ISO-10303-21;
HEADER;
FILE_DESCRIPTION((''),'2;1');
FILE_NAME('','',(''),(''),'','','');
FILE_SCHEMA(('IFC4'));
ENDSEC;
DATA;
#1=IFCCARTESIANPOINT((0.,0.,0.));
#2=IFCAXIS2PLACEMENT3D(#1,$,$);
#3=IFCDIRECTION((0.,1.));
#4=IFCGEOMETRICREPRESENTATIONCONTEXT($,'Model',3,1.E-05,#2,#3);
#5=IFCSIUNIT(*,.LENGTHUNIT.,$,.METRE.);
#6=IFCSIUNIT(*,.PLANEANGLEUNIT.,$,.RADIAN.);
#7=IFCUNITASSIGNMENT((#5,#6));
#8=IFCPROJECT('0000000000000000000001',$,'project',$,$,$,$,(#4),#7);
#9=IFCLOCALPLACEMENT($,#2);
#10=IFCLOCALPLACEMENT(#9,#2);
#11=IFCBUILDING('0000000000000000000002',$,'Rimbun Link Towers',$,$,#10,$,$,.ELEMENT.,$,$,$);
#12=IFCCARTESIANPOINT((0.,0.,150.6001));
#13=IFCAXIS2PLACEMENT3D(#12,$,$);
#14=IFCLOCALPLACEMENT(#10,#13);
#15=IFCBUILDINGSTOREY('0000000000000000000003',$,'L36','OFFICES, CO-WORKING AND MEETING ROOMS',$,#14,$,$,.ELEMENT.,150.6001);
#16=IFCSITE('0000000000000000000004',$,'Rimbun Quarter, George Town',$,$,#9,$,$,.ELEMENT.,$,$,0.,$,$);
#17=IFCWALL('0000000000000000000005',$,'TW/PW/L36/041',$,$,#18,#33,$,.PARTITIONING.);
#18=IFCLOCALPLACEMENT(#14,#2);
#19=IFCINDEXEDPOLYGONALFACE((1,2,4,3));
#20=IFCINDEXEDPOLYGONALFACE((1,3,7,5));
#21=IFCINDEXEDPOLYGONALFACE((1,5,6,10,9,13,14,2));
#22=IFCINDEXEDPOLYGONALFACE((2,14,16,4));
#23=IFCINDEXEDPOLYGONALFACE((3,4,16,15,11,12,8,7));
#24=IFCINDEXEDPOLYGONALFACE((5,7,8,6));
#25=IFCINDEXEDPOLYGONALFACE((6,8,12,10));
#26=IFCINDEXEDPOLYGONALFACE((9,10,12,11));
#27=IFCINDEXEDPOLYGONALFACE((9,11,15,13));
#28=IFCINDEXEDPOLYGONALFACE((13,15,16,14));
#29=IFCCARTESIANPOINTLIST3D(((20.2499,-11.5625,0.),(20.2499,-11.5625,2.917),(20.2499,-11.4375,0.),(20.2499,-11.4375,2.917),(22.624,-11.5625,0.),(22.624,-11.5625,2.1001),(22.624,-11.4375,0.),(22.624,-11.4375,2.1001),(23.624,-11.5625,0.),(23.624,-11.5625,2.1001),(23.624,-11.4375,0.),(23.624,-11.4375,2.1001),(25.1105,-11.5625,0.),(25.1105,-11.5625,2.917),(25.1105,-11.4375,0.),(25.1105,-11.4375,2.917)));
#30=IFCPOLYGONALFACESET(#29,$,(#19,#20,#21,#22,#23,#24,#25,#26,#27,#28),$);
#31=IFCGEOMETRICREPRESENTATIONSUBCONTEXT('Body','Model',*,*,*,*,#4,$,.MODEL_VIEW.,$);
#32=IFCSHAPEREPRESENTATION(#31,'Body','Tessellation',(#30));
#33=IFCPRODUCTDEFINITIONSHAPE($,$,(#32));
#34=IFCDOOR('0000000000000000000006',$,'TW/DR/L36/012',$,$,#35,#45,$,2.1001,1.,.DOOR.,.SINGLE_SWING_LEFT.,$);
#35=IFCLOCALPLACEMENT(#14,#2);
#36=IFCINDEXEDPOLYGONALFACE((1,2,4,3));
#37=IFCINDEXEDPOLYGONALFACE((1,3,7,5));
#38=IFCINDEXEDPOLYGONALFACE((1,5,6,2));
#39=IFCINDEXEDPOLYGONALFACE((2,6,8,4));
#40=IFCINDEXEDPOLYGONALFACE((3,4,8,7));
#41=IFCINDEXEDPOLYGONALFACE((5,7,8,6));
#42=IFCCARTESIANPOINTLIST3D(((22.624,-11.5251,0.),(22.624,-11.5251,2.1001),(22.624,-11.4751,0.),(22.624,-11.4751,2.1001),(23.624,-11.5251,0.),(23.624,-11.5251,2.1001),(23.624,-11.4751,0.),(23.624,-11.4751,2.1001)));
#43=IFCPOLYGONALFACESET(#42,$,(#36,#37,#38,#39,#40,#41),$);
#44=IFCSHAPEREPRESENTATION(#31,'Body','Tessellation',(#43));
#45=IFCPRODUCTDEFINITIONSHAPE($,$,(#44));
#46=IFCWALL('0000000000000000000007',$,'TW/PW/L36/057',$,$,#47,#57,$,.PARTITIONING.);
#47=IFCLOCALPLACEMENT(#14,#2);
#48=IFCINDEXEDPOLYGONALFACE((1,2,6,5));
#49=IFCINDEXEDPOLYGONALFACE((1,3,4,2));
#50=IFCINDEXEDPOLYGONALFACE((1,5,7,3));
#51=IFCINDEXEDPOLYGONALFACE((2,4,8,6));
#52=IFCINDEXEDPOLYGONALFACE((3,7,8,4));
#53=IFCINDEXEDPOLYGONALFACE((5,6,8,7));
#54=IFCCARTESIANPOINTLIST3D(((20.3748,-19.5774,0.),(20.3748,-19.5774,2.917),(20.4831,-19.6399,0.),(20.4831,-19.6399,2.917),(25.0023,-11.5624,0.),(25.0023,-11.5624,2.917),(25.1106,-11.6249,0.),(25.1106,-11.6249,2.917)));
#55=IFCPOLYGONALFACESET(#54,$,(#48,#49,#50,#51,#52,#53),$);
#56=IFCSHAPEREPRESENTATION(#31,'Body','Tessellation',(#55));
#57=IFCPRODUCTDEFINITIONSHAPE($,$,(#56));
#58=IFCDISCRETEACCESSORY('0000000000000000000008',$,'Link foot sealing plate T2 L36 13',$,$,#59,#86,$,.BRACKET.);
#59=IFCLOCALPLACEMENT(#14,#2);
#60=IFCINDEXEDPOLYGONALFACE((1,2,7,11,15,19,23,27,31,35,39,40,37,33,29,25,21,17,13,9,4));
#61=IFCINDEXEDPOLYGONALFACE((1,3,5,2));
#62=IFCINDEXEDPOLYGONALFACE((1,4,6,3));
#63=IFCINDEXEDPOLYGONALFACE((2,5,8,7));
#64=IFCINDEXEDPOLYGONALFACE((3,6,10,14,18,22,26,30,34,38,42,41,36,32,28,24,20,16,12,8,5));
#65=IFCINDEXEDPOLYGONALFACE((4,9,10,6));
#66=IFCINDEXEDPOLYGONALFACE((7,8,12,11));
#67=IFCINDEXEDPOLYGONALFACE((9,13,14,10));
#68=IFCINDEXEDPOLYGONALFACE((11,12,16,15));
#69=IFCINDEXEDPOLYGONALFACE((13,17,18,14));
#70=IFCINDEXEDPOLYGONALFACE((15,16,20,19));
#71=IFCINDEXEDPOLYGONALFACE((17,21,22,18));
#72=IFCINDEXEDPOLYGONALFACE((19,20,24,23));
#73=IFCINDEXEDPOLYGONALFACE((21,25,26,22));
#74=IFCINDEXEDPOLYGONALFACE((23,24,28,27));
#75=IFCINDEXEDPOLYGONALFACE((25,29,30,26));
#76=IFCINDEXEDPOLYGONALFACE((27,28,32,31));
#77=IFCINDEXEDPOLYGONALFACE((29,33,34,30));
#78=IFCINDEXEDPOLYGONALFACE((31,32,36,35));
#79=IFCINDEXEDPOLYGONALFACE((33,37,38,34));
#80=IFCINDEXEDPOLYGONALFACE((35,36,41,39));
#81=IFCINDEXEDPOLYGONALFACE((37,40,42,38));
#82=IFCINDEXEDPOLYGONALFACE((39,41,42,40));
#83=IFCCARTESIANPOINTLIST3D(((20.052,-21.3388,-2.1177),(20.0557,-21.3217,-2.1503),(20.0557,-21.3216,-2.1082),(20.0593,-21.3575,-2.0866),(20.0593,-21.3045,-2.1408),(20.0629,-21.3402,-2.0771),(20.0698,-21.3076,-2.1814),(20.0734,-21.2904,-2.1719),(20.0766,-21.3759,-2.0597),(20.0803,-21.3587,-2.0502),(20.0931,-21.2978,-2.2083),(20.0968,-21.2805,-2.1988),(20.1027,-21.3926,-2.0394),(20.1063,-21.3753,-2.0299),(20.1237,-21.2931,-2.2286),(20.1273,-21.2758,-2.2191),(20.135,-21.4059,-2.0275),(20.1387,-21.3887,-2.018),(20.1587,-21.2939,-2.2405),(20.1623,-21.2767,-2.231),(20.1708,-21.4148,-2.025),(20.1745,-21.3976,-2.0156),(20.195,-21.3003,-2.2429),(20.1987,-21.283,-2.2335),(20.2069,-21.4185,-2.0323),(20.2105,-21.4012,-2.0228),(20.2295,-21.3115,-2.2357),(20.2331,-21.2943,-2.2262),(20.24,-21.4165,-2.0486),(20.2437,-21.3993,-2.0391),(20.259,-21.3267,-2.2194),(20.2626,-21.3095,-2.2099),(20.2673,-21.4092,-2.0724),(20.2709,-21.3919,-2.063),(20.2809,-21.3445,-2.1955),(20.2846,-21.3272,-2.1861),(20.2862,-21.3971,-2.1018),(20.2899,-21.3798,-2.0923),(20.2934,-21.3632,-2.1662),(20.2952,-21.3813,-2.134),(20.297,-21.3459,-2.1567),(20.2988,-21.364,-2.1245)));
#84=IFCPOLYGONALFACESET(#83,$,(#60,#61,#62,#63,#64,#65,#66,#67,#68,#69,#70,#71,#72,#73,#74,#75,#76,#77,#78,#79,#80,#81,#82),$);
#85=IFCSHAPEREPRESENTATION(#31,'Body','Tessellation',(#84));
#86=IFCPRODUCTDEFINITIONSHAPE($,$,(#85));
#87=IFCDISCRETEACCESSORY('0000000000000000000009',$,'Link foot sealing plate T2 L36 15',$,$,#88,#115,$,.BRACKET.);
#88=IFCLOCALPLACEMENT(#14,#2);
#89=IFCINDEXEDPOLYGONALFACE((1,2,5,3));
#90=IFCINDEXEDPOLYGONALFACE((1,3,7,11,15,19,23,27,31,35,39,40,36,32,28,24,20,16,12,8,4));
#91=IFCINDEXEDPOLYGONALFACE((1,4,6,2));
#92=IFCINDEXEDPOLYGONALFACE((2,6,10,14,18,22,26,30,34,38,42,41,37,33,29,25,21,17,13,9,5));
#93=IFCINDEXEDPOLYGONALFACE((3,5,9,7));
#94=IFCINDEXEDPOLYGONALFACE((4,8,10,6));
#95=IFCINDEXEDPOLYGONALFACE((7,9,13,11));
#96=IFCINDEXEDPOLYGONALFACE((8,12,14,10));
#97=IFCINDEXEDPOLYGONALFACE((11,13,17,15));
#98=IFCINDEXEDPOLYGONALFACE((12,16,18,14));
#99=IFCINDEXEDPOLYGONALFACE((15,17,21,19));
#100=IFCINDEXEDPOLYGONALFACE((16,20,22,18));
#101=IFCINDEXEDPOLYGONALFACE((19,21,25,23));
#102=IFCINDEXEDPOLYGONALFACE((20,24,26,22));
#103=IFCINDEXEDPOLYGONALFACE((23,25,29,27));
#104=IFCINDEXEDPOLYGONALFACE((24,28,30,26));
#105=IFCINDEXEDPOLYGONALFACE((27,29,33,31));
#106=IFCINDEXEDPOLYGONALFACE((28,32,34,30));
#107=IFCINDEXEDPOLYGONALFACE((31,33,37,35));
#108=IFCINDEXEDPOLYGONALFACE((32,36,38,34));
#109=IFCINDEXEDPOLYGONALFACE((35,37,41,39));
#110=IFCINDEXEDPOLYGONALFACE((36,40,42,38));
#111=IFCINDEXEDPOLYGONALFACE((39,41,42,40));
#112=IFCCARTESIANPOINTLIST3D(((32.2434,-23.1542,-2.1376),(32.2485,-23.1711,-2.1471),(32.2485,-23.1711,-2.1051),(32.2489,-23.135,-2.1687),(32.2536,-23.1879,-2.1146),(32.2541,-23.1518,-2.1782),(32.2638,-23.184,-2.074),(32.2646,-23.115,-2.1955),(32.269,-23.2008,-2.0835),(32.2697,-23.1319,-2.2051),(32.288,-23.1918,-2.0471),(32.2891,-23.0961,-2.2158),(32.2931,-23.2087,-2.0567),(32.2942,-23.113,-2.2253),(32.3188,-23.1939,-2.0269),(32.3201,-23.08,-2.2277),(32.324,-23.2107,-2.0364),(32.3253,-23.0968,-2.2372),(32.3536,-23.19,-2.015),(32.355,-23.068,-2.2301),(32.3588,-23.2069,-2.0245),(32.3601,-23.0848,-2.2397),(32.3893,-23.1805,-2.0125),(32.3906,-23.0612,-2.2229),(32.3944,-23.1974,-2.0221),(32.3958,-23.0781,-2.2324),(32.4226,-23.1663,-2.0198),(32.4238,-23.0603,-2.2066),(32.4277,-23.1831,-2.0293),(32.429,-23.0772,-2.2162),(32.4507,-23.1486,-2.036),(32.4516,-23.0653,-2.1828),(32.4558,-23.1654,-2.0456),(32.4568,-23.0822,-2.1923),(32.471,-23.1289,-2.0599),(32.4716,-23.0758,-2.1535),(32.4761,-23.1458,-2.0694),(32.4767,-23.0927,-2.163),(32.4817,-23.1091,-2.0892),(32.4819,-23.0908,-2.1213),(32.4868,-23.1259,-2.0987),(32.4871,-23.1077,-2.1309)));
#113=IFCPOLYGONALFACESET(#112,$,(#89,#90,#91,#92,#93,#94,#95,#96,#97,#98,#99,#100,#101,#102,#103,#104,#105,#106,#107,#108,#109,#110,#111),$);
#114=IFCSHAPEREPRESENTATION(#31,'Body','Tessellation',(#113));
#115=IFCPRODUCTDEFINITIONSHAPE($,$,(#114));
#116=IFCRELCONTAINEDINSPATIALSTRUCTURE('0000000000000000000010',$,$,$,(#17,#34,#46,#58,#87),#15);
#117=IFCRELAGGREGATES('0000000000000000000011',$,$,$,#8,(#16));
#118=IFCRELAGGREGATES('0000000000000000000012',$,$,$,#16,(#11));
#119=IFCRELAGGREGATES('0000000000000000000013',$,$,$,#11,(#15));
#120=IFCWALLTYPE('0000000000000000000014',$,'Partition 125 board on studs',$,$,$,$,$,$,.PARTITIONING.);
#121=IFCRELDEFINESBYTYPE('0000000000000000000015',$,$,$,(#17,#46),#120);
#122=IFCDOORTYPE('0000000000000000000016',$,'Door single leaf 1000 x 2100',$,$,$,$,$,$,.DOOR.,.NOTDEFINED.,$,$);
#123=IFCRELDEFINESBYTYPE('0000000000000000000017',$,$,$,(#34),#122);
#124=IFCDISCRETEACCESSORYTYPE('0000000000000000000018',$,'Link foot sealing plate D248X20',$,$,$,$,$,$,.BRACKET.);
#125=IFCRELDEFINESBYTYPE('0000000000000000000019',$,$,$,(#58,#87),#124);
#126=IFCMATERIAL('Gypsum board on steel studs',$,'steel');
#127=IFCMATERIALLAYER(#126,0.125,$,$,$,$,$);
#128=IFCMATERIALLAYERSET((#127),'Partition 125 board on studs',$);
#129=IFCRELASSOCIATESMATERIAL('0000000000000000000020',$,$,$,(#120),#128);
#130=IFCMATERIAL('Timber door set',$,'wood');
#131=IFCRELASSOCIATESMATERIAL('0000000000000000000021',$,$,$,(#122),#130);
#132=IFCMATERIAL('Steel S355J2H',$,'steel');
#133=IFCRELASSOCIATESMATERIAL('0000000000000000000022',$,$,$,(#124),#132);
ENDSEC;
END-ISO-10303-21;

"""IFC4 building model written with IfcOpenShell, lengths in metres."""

from ifc_helpers import new_model, si_unit, direction, frame, frame_2d, origin, origin_2d, place, context, subcontext, project, spatial, rectangle, circle, extrude, material, layer, layer_set, material_profile, profile_set, type_object, element, fill, save


model = new_model("IFC4")

# Units and contexts
model_context = context("Model", 3, precision=1e-05, world=origin(), true_north=direction((0.0, 1.0)))
body_context = subcontext(model_context, "Body", "Model", "MODEL_VIEW")
ifc_project = project(units=[si_unit("LENGTHUNIT", "METRE"), si_unit("PLANEANGLEUNIT", "RADIAN")], contexts=[model_context])

# Site, building, storey
site_placement = place(None, origin())
site = spatial("IfcSite", under=ifc_project, at=site_placement, Name="Rimbun Quarter, George Town", CompositionType="ELEMENT", RefElevation=0.0)
building_placement = place(site_placement, origin())
building = spatial("IfcBuilding", under=site, at=building_placement, Name="Rimbun Link Towers", CompositionType="ELEMENT")
storey_placement = place(building_placement, frame((0.0, 0.0, 150.6001)))
storey = spatial("IfcBuildingStorey", under=building, at=storey_placement, Name="L36", Description="OFFICES, CO-WORKING AND MEETING ROOMS", CompositionType="ELEMENT", Elevation=150.6001)

# Wall, opening, door
ifc_material_1 = material(Name="Gypsum board on steel studs", Category="steel")
ifc_layer_1 = layer(ifc_material_1, 0.125)
ifc_layer_set_1 = layer_set([ifc_layer_1], Name="Partition 125 board on studs")
wall_type = type_object("IfcWallType", Name="Partition 125 board on studs", PredefinedType="PARTITIONING", material=ifc_layer_set_1)
wall_1_placement = place(storey_placement, frame((20.25, -11.5, 0.0), z_axis=(0.0, 0.0, 1.0), x_axis=(1.0, 0.0, 0.0)))
wall_1 = element("IfcWall", 1, at=wall_1_placement, inside=storey, type_object=wall_type, Name="TW/PW/L36/041", PredefinedType="PARTITIONING", context=body_context, shape_type="SweptSolid", body=[
    extrude(rectangle(XDim=4.8606, YDim=0.125, at=frame_2d((2.4302, 0.0))), origin(), (0.0, 0.0, 1.0), 2.917),
])
opening_placement = place(wall_1_placement, frame((2.374, 0.0, 0.0)))
opening = element("IfcOpeningElement", 2, at=opening_placement, cuts=wall_1, PredefinedType="OPENING", context=body_context, shape_type="SweptSolid", body=[
    extrude(rectangle(XDim=1.0, YDim=2.1001, at=frame_2d((0.5, 1.05))), frame((0.0, 0.0725, 0.0), z_axis=(0.0, -1.0, 0.0), x_axis=(1.0, 0.0, 0.0)), (0.0, 0.0, 1.0), 0.145),
])
ifc_material_2 = material(Name="Timber door set", Category="wood")
door_type = type_object("IfcDoorType", Name="Door single leaf 1000 x 2100", OperationType="NOTDEFINED", PredefinedType="DOOR", material=ifc_material_2)
door_placement = place(opening_placement, origin())
door = element("IfcDoor", 3, at=door_placement, inside=storey, type_object=door_type, Name="TW/DR/L36/012", OperationType="SINGLE_SWING_LEFT", OverallHeight=2.1001, OverallWidth=1.0, PredefinedType="DOOR", context=body_context, shape_type="SweptSolid", body=[
    extrude(rectangle(XDim=1.0, YDim=2.1001, at=frame_2d((0.5, 1.05))), frame((0.0, 0.0249, 0.0), z_axis=(0.0, -1.0, 0.0), x_axis=(1.0, 0.0, 0.0)), (0.0, 0.0, 1.0), 0.05),
])
fill(opening, door)

# Wall
wall_2_placement = place(storey_placement, frame((20.429, -19.6086, 0.0), z_axis=(0.0, 0.0, 1.0), x_axis=(0.500003, 0.866023, 0.0)))
element("IfcWall", 4, at=wall_2_placement, inside=storey, type_object=wall_type, Name="TW/PW/L36/057", PredefinedType="PARTITIONING", context=body_context, shape_type="SweptSolid", body=[
    extrude(rectangle(XDim=9.2549, YDim=0.125, at=frame_2d((4.6274, 0.0))), origin(), (0.0, 0.0, 1.0), 2.917),
])

# Discrete accessories
ifc_material_3 = material(Name="Steel S355J2H", Category="steel")
ifc_material_profile_1 = material_profile(ifc_material_3, circle(Radius=0.124, at=origin_2d()), Name="PL D248")
ifc_profile_set_1 = profile_set([ifc_material_profile_1], Name="Steel S355J2H")
discrete_accessory_type = type_object("IfcDiscreteAccessoryType", Name="Link foot sealing plate D248X20", PredefinedType="BRACKET", material=ifc_profile_set_1)
for number, where, z_axis, x_axis, name in (
    (5, (20.1775, -21.3384, -2.1245), (-0.182076, -0.861826, -0.473397), (0.978403, -0.206705, 0.0), "Link foot sealing plate T2 L36 13"),
    (6, (32.3633, -23.127, -2.1213), (0.256117, -0.841526, -0.475645), (0.956674, 0.291162, 0.0), "Link foot sealing plate T2 L36 15"),
):
    element("IfcDiscreteAccessory", number, at=place(storey_placement, frame(where, z_axis=z_axis, x_axis=x_axis)), inside=storey, type_object=discrete_accessory_type, Name=name, PredefinedType="BRACKET", context=body_context, shape_type="SweptSolid", body=[
        extrude(circle(Radius=0.124, at=origin_2d()), origin(), (0.0, 0.0, 1.0), 0.02),
    ])

save(model, "model.ifc")
